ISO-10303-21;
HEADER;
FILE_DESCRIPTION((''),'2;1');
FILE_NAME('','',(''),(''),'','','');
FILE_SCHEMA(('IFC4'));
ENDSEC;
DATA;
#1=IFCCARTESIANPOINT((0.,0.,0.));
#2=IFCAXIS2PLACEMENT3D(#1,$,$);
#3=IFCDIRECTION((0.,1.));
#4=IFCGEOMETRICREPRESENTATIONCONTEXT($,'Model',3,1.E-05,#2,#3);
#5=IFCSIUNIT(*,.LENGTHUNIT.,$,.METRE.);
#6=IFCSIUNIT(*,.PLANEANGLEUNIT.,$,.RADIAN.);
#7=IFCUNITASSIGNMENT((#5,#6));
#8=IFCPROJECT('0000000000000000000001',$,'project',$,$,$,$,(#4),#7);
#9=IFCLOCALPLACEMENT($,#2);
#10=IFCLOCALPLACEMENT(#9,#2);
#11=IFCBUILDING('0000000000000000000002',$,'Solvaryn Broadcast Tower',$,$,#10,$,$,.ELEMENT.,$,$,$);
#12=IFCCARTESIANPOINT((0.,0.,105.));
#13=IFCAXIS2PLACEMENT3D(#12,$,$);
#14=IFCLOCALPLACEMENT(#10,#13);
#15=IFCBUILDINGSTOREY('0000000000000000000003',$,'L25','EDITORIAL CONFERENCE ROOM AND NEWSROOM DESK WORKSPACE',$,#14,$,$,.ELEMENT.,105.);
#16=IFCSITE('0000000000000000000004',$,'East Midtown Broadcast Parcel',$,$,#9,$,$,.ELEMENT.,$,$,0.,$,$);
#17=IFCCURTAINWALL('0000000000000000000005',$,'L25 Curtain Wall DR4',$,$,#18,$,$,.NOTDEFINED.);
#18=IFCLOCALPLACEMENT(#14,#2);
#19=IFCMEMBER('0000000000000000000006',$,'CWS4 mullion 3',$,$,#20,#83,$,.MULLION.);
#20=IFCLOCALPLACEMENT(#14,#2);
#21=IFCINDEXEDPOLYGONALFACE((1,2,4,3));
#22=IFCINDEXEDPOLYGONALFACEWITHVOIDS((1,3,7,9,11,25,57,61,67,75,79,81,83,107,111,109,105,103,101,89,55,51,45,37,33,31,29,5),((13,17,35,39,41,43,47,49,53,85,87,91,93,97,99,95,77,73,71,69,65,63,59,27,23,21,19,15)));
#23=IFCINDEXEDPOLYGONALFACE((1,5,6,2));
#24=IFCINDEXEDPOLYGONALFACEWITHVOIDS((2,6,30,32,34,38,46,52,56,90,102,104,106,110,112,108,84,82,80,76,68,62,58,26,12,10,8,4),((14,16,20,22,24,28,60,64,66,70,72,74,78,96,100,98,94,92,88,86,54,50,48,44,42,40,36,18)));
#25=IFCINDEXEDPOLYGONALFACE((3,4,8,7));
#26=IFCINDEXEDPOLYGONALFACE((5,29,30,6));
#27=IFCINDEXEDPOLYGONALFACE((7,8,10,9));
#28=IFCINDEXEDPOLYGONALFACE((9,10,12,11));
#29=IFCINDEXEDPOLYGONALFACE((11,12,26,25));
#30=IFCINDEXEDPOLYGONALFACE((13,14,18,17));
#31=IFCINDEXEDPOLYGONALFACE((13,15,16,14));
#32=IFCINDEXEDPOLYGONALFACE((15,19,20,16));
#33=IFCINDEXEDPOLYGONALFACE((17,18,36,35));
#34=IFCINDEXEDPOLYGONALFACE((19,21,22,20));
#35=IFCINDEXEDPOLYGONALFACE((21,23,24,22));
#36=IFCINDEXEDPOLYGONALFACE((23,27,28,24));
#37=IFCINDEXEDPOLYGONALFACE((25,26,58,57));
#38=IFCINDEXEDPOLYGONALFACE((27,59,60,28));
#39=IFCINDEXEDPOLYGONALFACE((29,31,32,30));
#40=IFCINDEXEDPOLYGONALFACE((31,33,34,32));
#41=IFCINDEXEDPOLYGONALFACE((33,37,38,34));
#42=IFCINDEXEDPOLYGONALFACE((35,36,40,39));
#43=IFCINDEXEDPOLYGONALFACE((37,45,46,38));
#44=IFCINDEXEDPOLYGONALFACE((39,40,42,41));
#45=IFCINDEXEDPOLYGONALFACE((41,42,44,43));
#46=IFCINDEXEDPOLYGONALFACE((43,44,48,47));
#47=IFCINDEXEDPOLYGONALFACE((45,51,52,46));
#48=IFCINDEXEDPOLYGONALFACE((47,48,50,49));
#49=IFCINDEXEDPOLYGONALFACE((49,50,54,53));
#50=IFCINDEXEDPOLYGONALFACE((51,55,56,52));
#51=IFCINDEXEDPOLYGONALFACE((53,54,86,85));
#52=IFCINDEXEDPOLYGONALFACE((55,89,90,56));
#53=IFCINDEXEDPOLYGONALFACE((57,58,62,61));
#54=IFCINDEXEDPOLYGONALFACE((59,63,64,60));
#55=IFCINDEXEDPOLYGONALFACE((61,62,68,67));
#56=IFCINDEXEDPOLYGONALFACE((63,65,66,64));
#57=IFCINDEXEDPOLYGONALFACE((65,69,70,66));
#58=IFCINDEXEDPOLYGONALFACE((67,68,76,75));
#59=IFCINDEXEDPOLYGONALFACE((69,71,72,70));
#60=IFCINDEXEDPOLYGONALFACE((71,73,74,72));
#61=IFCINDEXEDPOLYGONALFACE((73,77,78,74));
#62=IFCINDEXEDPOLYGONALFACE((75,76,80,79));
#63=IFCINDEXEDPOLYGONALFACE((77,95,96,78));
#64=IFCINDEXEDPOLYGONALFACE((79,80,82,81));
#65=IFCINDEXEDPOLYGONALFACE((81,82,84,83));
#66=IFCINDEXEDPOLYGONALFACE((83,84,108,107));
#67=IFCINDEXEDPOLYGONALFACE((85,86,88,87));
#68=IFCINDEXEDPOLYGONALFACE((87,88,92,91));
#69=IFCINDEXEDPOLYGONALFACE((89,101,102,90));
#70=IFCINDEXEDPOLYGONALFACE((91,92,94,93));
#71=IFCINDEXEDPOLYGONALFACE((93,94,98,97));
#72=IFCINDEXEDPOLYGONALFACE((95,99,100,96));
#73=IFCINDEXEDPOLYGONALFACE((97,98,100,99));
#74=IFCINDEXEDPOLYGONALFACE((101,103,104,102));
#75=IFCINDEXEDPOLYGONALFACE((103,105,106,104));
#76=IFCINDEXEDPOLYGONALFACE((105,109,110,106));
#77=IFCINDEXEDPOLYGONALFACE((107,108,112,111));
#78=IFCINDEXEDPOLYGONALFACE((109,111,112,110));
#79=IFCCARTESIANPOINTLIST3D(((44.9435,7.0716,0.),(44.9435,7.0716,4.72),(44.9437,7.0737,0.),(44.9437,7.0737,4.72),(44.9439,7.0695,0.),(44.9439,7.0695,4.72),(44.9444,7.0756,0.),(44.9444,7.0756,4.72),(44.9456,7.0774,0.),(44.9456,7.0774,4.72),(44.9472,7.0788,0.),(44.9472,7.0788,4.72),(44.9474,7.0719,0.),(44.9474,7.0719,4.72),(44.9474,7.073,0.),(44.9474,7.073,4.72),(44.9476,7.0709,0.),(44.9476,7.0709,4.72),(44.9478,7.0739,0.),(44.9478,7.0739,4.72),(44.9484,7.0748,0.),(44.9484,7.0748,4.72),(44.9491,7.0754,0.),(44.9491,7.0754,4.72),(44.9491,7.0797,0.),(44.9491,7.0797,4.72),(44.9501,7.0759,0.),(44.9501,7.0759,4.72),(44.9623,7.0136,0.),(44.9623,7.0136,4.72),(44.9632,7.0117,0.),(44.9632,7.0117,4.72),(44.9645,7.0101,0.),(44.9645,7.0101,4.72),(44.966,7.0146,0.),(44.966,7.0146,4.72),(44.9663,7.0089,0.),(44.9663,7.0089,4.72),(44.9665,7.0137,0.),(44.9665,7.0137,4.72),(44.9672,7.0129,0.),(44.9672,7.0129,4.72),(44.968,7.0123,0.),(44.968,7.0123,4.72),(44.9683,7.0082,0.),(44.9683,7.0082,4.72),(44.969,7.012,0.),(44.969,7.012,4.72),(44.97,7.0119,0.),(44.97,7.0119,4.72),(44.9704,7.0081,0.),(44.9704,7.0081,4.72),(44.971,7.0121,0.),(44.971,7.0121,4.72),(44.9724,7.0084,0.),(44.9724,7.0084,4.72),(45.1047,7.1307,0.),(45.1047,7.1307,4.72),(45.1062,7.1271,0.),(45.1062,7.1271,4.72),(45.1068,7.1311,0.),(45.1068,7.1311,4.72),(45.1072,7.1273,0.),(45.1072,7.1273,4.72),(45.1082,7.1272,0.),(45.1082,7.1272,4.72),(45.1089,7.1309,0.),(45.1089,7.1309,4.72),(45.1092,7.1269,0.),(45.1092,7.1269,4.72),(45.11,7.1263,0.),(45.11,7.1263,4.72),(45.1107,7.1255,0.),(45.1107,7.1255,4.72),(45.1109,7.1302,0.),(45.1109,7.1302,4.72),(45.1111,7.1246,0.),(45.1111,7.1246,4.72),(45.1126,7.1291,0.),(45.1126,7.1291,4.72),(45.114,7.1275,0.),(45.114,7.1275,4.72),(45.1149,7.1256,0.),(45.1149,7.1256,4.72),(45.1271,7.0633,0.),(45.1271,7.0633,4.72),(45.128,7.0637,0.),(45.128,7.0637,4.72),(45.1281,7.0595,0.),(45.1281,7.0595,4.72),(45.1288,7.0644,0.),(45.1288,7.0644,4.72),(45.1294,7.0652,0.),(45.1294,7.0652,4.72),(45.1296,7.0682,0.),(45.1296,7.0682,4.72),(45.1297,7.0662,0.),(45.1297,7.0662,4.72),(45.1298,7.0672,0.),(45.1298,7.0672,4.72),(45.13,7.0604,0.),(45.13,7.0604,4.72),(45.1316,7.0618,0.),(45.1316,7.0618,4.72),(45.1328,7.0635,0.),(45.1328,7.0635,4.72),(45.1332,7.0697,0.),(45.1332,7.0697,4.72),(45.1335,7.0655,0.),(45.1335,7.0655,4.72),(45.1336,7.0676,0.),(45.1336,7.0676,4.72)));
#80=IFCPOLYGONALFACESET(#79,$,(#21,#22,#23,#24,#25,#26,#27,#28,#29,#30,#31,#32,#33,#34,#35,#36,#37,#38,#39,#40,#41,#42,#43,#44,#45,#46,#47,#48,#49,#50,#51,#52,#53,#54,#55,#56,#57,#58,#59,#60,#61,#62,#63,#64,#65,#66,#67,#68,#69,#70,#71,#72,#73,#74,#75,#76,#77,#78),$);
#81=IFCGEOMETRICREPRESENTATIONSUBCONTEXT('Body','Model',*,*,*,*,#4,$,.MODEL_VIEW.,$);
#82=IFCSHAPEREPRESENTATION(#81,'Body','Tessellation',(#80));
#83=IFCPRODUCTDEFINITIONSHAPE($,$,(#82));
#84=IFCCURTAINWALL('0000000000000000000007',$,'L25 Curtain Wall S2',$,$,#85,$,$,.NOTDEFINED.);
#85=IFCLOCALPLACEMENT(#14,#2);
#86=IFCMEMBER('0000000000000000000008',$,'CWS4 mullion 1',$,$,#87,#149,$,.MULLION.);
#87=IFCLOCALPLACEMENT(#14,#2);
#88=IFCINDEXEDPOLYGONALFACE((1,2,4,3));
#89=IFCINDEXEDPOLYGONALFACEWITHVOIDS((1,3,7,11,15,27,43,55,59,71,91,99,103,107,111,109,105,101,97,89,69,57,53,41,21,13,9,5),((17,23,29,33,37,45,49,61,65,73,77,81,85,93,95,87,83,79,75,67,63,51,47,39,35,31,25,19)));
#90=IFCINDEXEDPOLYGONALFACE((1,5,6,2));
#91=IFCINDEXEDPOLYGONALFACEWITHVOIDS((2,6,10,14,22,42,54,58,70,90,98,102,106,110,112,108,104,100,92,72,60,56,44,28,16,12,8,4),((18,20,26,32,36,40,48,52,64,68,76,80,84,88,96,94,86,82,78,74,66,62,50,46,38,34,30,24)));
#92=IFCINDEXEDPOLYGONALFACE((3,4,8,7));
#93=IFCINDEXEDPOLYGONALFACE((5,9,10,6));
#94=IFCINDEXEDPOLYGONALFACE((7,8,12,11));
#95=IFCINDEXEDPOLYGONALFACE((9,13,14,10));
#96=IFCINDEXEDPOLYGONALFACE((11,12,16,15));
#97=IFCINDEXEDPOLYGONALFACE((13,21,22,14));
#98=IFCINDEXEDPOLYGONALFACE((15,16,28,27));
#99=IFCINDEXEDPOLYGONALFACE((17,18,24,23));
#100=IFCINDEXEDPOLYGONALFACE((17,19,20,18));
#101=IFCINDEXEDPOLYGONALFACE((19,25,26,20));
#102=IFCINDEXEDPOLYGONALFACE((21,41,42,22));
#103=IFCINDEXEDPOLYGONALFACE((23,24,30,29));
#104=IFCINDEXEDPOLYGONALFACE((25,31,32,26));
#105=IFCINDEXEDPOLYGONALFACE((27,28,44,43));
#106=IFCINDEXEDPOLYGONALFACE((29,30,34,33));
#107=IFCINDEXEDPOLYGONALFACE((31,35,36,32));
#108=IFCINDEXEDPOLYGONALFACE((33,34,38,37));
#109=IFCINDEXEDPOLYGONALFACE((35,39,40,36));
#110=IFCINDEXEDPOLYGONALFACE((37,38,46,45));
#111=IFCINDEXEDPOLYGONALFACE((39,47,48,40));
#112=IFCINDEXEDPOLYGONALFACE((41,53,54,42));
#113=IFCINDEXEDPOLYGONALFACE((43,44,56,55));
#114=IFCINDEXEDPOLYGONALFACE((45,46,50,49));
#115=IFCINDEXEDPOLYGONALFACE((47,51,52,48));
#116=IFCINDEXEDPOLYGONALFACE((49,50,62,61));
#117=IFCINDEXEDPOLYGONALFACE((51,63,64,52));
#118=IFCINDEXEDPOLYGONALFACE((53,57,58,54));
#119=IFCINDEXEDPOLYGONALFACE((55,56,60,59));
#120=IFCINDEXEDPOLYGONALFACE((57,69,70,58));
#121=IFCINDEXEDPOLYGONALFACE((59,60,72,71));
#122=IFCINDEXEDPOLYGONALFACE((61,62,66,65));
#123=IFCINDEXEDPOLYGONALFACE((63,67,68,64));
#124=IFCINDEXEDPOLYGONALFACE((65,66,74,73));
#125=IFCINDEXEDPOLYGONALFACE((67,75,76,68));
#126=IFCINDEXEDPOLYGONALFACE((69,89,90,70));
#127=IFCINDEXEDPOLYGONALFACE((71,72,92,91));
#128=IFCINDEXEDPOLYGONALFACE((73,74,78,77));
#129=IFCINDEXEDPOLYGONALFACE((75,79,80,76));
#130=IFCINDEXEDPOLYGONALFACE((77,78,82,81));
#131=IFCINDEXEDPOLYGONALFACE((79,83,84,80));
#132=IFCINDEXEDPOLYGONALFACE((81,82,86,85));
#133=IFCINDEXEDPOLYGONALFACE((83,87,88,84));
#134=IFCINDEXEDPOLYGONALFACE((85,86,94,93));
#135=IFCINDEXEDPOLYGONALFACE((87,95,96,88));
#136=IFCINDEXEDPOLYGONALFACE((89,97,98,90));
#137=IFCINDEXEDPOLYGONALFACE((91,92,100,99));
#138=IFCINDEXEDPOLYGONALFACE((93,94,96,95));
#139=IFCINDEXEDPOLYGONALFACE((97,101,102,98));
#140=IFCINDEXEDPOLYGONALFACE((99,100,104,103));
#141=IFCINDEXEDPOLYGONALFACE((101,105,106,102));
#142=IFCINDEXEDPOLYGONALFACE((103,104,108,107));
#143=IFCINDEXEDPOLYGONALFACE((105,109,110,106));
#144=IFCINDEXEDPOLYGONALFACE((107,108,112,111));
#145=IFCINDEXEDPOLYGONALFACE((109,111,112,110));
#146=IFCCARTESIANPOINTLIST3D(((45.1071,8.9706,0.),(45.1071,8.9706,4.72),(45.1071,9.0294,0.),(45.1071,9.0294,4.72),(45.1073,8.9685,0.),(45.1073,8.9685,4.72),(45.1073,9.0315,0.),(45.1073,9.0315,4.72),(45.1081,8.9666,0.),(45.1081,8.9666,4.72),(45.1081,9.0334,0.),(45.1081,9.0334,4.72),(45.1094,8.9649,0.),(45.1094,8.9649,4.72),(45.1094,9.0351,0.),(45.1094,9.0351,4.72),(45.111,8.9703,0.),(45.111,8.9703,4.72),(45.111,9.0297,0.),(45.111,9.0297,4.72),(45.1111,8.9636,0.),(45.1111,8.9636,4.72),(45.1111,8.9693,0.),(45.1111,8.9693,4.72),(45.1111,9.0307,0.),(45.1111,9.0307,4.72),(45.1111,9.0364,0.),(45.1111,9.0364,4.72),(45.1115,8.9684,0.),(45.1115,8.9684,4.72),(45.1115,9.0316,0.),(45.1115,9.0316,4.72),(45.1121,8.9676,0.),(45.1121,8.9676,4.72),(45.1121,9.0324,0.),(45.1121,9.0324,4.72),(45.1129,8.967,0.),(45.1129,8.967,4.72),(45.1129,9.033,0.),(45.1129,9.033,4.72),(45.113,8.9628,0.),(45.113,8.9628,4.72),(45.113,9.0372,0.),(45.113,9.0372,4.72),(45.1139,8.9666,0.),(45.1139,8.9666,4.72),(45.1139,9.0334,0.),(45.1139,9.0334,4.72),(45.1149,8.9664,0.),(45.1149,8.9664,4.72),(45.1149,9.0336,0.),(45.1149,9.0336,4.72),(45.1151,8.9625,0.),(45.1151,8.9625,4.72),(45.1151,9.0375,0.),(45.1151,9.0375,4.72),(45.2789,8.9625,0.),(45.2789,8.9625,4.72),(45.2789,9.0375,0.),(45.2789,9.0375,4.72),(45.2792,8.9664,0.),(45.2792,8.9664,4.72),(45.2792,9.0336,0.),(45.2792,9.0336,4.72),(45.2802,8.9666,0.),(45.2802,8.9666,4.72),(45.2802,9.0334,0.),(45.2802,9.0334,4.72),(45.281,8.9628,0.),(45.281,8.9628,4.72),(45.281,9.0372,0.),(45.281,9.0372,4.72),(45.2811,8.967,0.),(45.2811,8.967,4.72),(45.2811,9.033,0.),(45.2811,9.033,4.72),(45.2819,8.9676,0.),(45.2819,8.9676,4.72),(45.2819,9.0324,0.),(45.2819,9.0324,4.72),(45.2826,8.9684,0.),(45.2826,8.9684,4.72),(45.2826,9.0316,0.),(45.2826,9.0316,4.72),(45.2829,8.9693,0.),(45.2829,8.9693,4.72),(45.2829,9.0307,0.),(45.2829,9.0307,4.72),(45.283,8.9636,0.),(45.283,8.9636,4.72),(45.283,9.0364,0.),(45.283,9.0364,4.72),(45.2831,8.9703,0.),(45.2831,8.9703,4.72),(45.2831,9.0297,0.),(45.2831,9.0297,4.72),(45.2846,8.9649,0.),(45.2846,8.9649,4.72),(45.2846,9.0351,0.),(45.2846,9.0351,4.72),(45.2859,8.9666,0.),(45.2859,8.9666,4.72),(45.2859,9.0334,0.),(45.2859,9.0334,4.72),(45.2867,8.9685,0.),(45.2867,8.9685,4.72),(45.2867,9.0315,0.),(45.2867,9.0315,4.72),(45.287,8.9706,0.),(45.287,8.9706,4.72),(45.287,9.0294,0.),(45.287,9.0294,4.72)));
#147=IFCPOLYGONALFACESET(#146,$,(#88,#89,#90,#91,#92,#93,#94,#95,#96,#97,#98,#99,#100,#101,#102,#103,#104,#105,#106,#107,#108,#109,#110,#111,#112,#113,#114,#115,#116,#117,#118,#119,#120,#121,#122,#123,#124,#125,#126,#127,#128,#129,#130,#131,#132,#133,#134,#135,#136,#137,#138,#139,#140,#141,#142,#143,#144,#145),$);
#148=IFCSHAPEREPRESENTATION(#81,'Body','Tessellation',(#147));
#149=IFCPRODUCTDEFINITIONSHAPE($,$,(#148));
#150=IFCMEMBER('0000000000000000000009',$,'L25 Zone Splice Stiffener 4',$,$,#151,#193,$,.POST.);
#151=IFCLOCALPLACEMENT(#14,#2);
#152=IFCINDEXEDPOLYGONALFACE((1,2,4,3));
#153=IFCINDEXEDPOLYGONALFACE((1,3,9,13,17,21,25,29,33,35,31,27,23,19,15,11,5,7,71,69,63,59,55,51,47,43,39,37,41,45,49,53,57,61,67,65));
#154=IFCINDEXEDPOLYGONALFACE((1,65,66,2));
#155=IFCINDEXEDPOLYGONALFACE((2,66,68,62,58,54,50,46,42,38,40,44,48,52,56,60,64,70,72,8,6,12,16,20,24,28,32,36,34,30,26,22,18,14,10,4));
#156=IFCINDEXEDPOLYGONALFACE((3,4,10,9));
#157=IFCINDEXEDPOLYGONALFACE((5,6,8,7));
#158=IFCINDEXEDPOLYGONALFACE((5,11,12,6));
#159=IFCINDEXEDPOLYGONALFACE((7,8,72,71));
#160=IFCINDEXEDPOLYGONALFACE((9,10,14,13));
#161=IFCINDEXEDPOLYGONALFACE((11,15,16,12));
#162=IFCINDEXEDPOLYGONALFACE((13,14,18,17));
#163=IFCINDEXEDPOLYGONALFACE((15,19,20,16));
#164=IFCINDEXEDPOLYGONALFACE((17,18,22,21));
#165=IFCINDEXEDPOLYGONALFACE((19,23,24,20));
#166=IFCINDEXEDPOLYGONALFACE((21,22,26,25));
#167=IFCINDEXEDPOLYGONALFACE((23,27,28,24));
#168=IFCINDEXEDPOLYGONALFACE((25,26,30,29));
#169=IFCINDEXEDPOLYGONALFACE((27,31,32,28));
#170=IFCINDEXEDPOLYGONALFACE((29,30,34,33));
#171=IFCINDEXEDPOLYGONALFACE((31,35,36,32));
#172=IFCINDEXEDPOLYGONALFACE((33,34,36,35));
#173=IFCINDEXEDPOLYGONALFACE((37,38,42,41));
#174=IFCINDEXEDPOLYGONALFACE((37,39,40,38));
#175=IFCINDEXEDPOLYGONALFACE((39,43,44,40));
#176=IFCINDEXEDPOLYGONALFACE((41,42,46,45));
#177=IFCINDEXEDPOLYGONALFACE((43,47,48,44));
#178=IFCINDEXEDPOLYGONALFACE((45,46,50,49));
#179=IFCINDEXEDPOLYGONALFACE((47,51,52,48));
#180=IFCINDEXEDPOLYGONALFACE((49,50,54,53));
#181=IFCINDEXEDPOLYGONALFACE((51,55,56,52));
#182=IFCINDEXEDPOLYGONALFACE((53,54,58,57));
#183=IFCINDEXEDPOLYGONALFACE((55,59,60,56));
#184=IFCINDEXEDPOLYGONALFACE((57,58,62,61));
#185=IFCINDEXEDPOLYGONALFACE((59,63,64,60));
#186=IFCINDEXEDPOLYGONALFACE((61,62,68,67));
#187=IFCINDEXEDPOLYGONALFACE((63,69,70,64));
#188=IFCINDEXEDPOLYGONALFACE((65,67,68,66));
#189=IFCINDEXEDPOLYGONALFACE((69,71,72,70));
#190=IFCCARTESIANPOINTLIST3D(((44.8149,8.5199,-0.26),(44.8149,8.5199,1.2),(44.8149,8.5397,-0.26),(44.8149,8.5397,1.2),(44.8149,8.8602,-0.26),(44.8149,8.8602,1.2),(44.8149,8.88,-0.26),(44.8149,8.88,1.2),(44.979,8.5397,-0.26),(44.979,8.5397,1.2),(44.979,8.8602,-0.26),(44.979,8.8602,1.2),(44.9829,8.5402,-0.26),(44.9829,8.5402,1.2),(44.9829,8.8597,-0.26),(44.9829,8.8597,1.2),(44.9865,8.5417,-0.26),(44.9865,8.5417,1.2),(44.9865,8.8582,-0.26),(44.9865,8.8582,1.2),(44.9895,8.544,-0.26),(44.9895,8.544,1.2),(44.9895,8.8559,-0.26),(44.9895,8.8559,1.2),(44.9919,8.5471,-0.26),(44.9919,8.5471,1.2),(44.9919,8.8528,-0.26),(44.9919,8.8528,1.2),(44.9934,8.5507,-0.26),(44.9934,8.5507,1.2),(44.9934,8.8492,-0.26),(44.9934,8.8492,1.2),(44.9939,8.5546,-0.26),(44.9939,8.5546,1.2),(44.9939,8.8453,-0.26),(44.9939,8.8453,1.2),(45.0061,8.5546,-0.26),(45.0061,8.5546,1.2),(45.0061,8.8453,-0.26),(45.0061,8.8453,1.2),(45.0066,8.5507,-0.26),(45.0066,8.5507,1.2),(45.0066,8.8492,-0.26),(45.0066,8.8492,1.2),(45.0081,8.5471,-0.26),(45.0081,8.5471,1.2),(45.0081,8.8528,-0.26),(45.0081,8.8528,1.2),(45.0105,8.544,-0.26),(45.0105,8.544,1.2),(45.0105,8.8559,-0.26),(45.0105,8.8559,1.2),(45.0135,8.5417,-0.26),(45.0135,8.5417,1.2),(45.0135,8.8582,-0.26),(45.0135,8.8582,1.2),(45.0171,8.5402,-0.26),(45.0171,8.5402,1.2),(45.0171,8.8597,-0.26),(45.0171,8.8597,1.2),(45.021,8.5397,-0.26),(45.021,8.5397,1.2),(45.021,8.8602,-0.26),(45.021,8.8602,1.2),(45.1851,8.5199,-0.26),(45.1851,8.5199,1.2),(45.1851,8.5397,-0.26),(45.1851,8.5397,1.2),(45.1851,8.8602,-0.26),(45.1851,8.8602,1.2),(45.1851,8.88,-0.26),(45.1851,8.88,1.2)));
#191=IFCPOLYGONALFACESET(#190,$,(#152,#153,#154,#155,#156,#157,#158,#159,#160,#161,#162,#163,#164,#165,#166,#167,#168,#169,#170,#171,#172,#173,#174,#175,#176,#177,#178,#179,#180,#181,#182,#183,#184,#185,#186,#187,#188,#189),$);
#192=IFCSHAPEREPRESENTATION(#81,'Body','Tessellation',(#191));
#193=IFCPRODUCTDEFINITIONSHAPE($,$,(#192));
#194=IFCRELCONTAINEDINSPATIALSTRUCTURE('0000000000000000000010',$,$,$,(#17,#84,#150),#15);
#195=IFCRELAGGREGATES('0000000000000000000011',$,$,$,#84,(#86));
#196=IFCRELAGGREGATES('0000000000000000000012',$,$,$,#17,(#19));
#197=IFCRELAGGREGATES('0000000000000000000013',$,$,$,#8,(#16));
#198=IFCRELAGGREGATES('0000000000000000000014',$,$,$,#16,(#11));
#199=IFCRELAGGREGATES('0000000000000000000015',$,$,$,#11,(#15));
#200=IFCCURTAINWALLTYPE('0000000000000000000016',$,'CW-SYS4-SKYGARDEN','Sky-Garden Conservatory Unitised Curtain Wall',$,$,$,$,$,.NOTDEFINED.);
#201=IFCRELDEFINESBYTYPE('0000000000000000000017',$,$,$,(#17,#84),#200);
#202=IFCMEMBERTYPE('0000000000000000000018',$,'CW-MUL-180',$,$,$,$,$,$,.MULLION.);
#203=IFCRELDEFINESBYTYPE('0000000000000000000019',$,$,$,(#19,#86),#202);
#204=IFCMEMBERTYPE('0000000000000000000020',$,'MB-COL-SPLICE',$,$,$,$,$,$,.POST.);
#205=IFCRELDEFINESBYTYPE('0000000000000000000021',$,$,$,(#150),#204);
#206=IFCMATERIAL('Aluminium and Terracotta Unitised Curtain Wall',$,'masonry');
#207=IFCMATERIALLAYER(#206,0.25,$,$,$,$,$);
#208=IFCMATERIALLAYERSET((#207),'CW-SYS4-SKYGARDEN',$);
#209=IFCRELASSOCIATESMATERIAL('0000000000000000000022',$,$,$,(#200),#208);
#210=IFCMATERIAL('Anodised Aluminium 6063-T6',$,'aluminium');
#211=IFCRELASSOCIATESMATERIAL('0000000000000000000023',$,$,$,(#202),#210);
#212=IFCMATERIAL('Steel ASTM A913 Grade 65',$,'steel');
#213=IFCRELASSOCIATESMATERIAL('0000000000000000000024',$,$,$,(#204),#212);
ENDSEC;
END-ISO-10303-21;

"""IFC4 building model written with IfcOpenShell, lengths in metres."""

from ifc_helpers import new_model, si_unit, direction, frame, origin, origin_2d, place, context, subcontext, project, spatial, hollow_rectangle, i_section, extrude, material, layer, layer_set, material_profile, profile_set, type_object, element, aggregate, save


model = new_model("IFC4")

# Units and contexts
model_context = context("Model", 3, precision=1e-05, world=origin(), true_north=direction((0.0, 1.0)))
body_context = subcontext(model_context, "Body", "Model", "MODEL_VIEW")
ifc_project = project(units=[si_unit("LENGTHUNIT", "METRE"), si_unit("PLANEANGLEUNIT", "RADIAN")], contexts=[model_context])

# Site, building, storey
site_placement = place(None, origin())
site = spatial("IfcSite", under=ifc_project, at=site_placement, Name="East Midtown Broadcast Parcel", CompositionType="ELEMENT", RefElevation=0.0)
building_placement = place(site_placement, origin())
building = spatial("IfcBuilding", under=site, at=building_placement, Name="Solvaryn Broadcast Tower", CompositionType="ELEMENT")
storey_placement = place(building_placement, frame((0.0, 0.0, 105.0)))
storey = spatial("IfcBuildingStorey", under=building, at=storey_placement, Name="L25", Description="EDITORIAL CONFERENCE ROOM AND NEWSROOM DESK WORKSPACE", CompositionType="ELEMENT", Elevation=105.0)

# Curtain walls, members
ifc_material_1 = material(Name="Aluminium and Terracotta Unitised Curtain Wall", Category="masonry")
ifc_layer_1 = layer(ifc_material_1, 0.25)
ifc_layer_set_1 = layer_set([ifc_layer_1], Name="CW-SYS4-SKYGARDEN")
curtain_wall_type = type_object("IfcCurtainWallType", Name="CW-SYS4-SKYGARDEN", Description="Sky-Garden Conservatory Unitised Curtain Wall", PredefinedType="NOTDEFINED", material=ifc_layer_set_1)
curtain_wall_1_placement = place(storey_placement, origin())
curtain_wall_1 = element("IfcCurtainWall", 1, at=curtain_wall_1_placement, inside=storey, type_object=curtain_wall_type, Name="L25 Curtain Wall DR4", PredefinedType="NOTDEFINED")
ifc_material_2 = material(Name="Anodised Aluminium 6063-T6", Category="aluminium")
ifc_material_profile_1 = material_profile(ifc_material_2, hollow_rectangle(XDim=0.075, YDim=0.1799, WallThickness=0.0039, InnerFilletRadius=0.0039, OuterFilletRadius=0.0081, at=origin_2d()))
ifc_profile_set_1 = profile_set([ifc_material_profile_1], Name="Anodised Aluminium 6063-T6")
member_type_1 = type_object("IfcMemberType", Name="CW-MUL-180", PredefinedType="MULLION", material=ifc_profile_set_1)
member_1_placement = place(storey_placement, frame((45.0386, 7.0696, 0.0), z_axis=(0.0, 0.0, 1.0), x_axis=(-0.311646, 0.950198, 0.0)))
member_1 = element("IfcMember", 2, at=member_1_placement, type_object=member_type_1, Name="CWS4 mullion 3", PredefinedType="MULLION", context=body_context, shape_type="SweptSolid", body=[
    extrude(hollow_rectangle(XDim=0.075, YDim=0.1799, WallThickness=0.0039, InnerFilletRadius=0.0039, OuterFilletRadius=0.0081, at=origin_2d()), origin(), (0.0, 0.0, 1.0), 4.72),
])
curtain_wall_2_placement = place(storey_placement, origin())
curtain_wall_2 = element("IfcCurtainWall", 3, at=curtain_wall_2_placement, inside=storey, type_object=curtain_wall_type, Name="L25 Curtain Wall S2", PredefinedType="NOTDEFINED")
member_2_placement = place(storey_placement, frame((45.197, 9.0, 0.0), z_axis=(0.0, 0.0, 1.0), x_axis=(0.0, 1.0, 0.0)))
member_2 = element("IfcMember", 4, at=member_2_placement, type_object=member_type_1, Name="CWS4 mullion 1", PredefinedType="MULLION", context=body_context, shape_type="SweptSolid", body=[
    extrude(hollow_rectangle(XDim=0.075, YDim=0.1799, WallThickness=0.0039, InnerFilletRadius=0.0039, OuterFilletRadius=0.0081, at=origin_2d()), origin(), (0.0, 0.0, 1.0), 4.72),
])
aggregate(curtain_wall_2, [member_2])

# Member
ifc_material_3 = material(Name="Steel ASTM A913 Grade 65", Category="steel")
ifc_material_profile_2 = material_profile(ifc_material_3, i_section(OverallWidth=0.3701, OverallDepth=0.3601, WebThickness=0.0122, FlangeThickness=0.0198, FilletRadius=0.0149, at=origin_2d()))
ifc_profile_set_2 = profile_set([ifc_material_profile_2], Name="Steel ASTM A913 Grade 65")
member_type_2 = type_object("IfcMemberType", Name="MB-COL-SPLICE", PredefinedType="POST", material=ifc_profile_set_2)
member_3_placement = place(storey_placement, frame((45.0, 8.7, -0.26), z_axis=(0.0, 0.0, 1.0), x_axis=(1.0, 0.0, 0.0)))
element("IfcMember", 5, at=member_3_placement, inside=storey, type_object=member_type_2, Name="L25 Zone Splice Stiffener 4", PredefinedType="POST", context=body_context, shape_type="SweptSolid", body=[
    extrude(i_section(OverallWidth=0.3701, OverallDepth=0.3601, WebThickness=0.0122, FlangeThickness=0.0198, FilletRadius=0.0149, at=origin_2d()), origin(), (0.0, 0.0, 1.0), 1.46),
])

aggregate(curtain_wall_1, [member_1])

save(model, "model.ifc")
